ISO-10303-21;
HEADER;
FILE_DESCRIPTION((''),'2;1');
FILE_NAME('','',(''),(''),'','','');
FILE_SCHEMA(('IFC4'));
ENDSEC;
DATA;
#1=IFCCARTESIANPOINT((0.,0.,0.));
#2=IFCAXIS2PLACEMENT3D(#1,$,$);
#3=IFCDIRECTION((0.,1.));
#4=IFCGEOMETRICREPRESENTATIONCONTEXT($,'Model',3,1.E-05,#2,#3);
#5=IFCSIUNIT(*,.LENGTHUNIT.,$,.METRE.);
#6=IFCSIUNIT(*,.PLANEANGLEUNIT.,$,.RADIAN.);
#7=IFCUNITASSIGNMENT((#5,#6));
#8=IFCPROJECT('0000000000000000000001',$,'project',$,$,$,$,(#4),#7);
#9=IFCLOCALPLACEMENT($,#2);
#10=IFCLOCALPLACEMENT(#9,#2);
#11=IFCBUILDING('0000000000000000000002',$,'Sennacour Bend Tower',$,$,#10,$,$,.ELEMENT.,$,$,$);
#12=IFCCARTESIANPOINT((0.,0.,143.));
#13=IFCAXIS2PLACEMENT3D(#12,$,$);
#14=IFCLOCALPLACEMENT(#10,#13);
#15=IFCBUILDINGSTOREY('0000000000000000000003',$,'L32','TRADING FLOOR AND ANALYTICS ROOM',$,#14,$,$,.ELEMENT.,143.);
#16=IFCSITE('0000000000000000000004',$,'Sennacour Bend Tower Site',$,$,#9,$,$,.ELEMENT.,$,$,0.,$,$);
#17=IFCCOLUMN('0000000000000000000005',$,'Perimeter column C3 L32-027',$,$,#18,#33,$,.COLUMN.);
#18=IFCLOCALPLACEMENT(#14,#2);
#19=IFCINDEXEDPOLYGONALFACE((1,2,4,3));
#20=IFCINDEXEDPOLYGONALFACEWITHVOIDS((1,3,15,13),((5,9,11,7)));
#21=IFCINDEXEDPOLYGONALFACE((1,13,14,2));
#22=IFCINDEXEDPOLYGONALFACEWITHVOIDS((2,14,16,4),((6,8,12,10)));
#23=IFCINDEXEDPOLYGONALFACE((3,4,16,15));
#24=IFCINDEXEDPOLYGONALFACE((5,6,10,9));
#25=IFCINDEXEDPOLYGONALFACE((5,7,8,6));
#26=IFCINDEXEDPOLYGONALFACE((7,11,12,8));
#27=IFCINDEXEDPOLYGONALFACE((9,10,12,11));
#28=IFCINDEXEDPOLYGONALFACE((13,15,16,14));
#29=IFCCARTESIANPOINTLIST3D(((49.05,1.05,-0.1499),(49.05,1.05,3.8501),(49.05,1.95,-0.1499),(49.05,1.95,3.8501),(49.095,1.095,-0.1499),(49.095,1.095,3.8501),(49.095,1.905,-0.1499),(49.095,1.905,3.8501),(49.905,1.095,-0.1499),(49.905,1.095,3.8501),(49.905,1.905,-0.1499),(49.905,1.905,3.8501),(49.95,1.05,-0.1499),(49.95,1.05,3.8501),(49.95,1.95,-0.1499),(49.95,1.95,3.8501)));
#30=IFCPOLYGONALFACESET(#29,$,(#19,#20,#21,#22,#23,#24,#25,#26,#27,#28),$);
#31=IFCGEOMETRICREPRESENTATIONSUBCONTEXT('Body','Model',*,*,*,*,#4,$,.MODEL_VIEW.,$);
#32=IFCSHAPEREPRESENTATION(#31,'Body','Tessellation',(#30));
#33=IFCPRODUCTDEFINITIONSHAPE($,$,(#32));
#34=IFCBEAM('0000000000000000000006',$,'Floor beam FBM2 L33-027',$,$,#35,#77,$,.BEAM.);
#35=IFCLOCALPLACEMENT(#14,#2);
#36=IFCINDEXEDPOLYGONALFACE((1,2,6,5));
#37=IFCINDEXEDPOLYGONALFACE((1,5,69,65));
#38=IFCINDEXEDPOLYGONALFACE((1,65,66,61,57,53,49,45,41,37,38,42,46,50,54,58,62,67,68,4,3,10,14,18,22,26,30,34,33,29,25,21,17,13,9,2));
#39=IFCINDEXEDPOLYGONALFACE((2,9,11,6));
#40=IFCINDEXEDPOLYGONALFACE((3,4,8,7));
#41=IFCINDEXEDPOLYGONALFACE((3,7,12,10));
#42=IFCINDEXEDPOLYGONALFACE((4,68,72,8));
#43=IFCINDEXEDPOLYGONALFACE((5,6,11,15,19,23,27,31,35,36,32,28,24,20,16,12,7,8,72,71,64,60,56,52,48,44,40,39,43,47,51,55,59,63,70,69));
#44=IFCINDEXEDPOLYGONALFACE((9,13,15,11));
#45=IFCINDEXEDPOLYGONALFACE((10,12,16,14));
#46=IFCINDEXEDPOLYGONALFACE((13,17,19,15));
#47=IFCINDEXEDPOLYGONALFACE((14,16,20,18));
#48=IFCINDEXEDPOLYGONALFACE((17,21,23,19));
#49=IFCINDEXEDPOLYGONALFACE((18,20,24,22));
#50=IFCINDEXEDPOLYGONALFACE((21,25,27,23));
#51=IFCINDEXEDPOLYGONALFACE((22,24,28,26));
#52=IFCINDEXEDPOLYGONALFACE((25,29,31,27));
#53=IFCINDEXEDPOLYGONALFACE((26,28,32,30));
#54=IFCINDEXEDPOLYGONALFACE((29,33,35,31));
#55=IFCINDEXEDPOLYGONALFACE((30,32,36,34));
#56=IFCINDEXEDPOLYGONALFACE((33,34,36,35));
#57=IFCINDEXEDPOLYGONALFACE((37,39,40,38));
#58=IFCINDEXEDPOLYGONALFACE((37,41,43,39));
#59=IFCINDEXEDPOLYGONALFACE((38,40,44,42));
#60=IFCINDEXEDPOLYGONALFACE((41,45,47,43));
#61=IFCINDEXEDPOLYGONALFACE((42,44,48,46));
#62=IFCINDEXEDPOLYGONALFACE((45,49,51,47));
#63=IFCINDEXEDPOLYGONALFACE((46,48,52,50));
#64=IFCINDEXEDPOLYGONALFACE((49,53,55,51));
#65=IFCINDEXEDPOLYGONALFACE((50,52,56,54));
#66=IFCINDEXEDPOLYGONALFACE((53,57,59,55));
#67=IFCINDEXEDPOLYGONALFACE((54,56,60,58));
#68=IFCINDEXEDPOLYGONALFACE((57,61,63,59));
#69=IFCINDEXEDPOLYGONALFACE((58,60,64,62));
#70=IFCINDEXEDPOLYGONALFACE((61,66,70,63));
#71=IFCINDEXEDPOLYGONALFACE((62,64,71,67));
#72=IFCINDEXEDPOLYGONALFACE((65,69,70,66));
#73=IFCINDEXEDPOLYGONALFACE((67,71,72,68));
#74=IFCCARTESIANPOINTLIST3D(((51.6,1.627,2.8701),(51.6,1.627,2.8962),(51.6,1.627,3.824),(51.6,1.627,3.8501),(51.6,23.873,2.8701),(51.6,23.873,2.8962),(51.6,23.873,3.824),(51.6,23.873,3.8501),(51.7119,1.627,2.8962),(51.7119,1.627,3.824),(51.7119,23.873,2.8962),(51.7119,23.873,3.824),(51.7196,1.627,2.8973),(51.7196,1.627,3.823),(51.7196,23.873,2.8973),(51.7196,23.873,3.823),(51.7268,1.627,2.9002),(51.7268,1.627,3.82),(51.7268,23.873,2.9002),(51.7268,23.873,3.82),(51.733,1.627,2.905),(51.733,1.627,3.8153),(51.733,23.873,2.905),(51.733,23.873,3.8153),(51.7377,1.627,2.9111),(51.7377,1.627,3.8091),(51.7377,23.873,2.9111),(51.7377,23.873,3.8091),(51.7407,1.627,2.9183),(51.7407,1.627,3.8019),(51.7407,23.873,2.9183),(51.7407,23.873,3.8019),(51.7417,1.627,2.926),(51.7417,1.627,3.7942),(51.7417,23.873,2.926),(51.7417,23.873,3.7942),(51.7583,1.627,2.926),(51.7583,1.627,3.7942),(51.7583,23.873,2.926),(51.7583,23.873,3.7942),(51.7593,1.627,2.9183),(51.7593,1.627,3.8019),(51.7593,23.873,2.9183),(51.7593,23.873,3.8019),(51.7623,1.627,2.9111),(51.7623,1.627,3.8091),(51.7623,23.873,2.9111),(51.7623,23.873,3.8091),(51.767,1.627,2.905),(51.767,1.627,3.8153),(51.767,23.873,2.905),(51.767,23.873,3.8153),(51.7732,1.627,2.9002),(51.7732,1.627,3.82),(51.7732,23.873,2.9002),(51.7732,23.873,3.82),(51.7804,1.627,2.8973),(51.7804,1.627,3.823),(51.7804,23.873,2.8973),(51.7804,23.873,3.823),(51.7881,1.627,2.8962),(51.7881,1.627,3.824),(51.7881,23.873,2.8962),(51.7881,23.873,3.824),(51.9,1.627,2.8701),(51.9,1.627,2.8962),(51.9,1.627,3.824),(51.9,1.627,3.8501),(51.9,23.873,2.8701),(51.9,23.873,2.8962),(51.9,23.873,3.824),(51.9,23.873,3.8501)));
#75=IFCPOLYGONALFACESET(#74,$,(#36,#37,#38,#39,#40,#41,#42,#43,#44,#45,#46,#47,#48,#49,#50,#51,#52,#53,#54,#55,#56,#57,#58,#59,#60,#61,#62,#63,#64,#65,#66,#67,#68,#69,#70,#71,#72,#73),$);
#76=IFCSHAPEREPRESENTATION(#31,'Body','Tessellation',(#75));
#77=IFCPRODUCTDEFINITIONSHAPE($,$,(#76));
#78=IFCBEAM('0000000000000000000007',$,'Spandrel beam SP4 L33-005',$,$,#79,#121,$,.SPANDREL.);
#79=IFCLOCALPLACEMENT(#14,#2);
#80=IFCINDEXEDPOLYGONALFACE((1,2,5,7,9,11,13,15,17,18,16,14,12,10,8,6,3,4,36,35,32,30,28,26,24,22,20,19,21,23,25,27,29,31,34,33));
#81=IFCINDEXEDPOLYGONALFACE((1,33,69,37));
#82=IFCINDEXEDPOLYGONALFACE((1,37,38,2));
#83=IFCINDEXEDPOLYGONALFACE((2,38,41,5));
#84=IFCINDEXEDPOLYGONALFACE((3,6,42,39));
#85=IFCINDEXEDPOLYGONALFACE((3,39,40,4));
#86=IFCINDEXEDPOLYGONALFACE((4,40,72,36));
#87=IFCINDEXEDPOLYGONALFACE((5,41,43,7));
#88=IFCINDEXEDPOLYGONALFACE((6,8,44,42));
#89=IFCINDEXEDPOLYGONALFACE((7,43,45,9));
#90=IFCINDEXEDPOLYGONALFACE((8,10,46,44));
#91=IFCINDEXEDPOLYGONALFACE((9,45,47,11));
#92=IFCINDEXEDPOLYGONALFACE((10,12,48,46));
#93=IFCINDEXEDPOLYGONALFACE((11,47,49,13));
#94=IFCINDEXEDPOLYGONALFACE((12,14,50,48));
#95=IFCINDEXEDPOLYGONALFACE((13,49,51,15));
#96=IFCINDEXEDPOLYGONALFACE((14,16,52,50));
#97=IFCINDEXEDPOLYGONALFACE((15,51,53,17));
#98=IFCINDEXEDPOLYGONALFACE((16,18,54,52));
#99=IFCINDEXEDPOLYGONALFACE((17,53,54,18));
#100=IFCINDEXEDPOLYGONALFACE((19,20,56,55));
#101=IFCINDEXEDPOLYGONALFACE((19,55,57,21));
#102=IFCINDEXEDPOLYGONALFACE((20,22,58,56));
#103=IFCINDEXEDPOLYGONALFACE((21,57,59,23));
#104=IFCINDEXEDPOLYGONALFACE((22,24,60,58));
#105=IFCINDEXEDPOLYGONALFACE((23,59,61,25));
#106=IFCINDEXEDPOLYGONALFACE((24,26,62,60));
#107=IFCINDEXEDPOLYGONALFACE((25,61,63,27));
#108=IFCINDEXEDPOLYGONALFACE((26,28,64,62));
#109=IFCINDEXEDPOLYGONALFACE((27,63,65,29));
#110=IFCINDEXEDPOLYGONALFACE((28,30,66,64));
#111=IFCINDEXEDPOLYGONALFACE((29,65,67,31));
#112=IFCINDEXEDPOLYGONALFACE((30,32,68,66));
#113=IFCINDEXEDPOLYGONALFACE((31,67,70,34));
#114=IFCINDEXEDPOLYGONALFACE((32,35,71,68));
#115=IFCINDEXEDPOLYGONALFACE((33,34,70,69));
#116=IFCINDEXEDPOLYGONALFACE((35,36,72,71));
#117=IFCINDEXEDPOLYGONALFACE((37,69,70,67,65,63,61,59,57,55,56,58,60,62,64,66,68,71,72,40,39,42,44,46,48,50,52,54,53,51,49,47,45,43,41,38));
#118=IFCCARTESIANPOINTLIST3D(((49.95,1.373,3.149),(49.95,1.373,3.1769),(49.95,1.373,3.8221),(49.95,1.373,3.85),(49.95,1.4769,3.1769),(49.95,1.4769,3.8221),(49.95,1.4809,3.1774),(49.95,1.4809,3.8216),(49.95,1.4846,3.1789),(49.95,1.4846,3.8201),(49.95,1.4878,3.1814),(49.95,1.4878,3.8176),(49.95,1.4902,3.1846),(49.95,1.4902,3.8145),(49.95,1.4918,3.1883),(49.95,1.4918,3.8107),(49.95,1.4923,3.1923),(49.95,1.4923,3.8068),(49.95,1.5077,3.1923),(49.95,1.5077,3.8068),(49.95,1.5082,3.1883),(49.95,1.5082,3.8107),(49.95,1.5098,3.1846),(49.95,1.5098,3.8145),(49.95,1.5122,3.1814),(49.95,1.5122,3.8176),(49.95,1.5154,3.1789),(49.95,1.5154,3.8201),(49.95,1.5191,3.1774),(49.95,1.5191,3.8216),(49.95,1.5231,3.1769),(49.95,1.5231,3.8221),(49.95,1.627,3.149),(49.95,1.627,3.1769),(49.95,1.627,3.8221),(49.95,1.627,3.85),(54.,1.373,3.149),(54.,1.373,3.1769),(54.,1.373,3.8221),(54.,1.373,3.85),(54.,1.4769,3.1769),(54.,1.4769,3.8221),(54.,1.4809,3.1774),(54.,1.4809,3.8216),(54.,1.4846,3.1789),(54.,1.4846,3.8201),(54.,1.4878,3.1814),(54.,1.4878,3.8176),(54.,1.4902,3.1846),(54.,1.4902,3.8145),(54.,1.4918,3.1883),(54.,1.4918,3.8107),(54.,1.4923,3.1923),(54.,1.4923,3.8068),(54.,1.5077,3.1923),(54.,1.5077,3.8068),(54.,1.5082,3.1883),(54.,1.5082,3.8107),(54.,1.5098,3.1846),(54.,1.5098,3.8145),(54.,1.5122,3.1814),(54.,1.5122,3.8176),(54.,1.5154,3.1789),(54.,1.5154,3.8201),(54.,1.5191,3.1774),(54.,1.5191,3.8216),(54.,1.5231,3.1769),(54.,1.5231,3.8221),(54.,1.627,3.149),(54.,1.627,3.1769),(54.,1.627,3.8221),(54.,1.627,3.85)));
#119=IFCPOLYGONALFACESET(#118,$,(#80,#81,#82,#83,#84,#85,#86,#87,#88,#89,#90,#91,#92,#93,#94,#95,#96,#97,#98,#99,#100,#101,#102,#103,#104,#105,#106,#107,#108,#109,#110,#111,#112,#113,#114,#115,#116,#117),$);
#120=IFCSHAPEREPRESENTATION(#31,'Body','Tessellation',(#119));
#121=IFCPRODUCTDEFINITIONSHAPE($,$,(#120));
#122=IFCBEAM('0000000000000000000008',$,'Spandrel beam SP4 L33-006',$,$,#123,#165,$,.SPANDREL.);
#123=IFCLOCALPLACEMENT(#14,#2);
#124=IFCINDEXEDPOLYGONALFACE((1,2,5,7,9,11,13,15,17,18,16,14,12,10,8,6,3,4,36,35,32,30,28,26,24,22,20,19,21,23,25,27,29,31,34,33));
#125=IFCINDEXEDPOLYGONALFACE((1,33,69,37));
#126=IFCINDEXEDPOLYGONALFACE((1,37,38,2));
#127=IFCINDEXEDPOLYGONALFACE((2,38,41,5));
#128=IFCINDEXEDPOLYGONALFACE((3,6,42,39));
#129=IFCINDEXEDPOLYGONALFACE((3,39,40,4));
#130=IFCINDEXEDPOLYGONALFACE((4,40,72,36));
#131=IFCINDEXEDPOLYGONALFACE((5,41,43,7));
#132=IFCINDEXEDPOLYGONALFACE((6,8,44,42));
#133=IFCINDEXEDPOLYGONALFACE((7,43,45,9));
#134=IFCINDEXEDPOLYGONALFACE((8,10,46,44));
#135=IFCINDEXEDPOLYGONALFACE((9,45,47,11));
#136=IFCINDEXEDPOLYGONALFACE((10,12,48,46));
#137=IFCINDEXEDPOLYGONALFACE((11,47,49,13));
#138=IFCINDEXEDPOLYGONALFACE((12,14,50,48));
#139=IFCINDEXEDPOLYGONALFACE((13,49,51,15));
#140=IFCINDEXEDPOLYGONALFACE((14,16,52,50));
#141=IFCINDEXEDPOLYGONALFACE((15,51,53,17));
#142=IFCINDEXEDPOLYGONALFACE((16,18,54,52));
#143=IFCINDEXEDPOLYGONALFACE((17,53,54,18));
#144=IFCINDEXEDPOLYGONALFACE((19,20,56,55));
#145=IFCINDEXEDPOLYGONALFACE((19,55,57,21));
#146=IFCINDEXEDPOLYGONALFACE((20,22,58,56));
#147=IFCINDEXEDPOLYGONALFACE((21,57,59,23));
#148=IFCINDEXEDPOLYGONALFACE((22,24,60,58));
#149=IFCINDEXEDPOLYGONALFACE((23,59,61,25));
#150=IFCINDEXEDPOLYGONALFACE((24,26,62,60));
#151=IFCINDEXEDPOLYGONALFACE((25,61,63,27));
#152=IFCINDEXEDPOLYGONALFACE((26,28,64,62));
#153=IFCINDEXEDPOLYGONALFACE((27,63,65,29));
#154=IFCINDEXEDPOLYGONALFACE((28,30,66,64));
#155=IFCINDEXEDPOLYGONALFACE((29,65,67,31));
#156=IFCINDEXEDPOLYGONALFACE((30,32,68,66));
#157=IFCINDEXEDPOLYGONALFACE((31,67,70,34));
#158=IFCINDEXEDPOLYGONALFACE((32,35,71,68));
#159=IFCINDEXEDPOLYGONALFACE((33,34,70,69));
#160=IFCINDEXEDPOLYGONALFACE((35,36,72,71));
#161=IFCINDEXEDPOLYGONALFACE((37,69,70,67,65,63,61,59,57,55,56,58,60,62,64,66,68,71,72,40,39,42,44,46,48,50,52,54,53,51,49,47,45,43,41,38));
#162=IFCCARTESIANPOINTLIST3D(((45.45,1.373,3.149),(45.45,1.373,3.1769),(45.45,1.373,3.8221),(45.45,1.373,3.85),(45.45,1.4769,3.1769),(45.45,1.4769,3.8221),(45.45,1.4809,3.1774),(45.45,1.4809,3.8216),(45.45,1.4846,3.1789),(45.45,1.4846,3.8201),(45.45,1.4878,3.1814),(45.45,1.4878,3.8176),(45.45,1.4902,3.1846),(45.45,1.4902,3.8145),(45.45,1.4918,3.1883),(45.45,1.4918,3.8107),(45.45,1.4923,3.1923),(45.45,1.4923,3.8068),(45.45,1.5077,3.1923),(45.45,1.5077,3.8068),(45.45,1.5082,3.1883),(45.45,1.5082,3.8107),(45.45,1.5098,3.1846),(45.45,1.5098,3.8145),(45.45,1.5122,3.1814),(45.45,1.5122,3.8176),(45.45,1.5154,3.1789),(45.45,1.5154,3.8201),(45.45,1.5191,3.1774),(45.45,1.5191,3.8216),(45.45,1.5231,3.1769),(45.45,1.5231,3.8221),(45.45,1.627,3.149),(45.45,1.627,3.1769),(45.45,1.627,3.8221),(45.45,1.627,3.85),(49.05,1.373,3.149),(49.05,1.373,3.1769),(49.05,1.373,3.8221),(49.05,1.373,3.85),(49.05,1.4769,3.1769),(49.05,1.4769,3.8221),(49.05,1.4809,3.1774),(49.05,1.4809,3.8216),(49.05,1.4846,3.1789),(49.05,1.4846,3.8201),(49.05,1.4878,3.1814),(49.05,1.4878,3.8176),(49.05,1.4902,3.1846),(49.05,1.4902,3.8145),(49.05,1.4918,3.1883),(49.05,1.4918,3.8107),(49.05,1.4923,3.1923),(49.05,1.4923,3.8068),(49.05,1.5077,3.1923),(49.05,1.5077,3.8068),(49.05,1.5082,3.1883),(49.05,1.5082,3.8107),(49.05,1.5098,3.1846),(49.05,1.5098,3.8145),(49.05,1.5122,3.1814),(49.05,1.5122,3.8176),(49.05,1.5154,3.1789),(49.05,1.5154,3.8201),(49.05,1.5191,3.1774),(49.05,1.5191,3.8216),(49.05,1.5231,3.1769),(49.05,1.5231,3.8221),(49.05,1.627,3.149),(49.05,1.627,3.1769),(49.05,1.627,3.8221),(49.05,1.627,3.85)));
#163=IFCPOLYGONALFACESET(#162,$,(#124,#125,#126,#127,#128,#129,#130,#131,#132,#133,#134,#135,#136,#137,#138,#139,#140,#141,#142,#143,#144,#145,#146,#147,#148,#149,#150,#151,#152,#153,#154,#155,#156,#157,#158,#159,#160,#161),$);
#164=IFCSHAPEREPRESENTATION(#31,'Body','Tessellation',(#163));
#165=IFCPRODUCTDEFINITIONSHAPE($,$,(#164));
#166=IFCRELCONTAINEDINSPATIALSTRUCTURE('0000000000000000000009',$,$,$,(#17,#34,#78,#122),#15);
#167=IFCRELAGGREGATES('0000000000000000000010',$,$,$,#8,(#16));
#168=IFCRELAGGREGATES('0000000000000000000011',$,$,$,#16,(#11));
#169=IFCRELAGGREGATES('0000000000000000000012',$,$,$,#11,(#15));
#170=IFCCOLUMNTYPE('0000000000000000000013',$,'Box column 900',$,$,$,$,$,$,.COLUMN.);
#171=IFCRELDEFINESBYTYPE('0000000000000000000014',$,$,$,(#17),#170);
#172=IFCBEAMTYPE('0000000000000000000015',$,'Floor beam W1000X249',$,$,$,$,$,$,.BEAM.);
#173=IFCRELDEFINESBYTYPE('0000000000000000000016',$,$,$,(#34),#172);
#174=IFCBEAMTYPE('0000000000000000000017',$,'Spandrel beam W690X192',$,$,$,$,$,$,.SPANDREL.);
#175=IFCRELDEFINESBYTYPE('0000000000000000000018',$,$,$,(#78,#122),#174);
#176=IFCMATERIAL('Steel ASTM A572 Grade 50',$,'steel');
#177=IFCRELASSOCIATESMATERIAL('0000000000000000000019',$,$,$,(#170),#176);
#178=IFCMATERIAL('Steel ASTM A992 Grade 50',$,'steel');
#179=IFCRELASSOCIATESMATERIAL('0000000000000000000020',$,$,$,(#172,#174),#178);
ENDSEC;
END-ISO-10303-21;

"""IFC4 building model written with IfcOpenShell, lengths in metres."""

from ifc_helpers import new_model, si_unit, direction, frame, origin, origin_2d, place, context, subcontext, project, spatial, hollow_rectangle, i_section, extrude, material, material_profile, profile_set, type_object, element, save


model = new_model("IFC4")

# Units and contexts
model_context = context("Model", 3, precision=1e-05, world=origin(), true_north=direction((0.0, 1.0)))
body_context = subcontext(model_context, "Body", "Model", "MODEL_VIEW")
ifc_project = project(units=[si_unit("LENGTHUNIT", "METRE"), si_unit("PLANEANGLEUNIT", "RADIAN")], contexts=[model_context])

# Site, building, storey
site_placement = place(None, origin())
site = spatial("IfcSite", under=ifc_project, at=site_placement, Name="Sennacour Bend Tower Site", CompositionType="ELEMENT", RefElevation=0.0)
building_placement = place(site_placement, origin())
building = spatial("IfcBuilding", under=site, at=building_placement, Name="Sennacour Bend Tower", CompositionType="ELEMENT")
storey_placement = place(building_placement, frame((0.0, 0.0, 143.0)))
storey = spatial("IfcBuildingStorey", under=building, at=storey_placement, Name="L32", Description="TRADING FLOOR AND ANALYTICS ROOM", CompositionType="ELEMENT", Elevation=143.0)

# Column
ifc_material_1 = material(Name="Steel ASTM A572 Grade 50", Category="steel")
ifc_material_profile_1 = material_profile(ifc_material_1, hollow_rectangle(XDim=0.8999, YDim=0.8999, WallThickness=0.0449, at=origin_2d()), Name="Steel ASTM A572 Grade 50", Category="steel")
ifc_profile_set_1 = profile_set([ifc_material_profile_1], Name="Steel ASTM A572 Grade 50")
column_type = type_object("IfcColumnType", Name="Box column 900", PredefinedType="COLUMN", material=ifc_profile_set_1)
column_placement = place(storey_placement, frame((49.5, 1.5, -0.1499), z_axis=(0.0, 0.0, 1.0), x_axis=(1.0, 0.0, 0.0)))
element("IfcColumn", 1, at=column_placement, inside=storey, type_object=column_type, Name="Perimeter column C3 L32-027", PredefinedType="COLUMN", context=body_context, shape_type="SweptSolid", body=[
    extrude(hollow_rectangle(XDim=0.8999, YDim=0.8999, WallThickness=0.0449, at=origin_2d()), origin(), (0.0, 0.0, 1.0), 4.0),
])

# Beams
ifc_material_2 = material(Name="Steel ASTM A992 Grade 50", Category="steel")
ifc_material_profile_2 = material_profile(ifc_material_2, i_section(OverallWidth=0.3, OverallDepth=0.98, WebThickness=0.0166, FlangeThickness=0.0261, FilletRadius=0.0298, at=origin_2d()), Name="Steel ASTM A992 Grade 50", Category="steel")
ifc_profile_set_2 = profile_set([ifc_material_profile_2], Name="Steel ASTM A992 Grade 50")
beam_type_1 = type_object("IfcBeamType", Name="Floor beam W1000X249", PredefinedType="BEAM", material=ifc_profile_set_2)
beam_1_placement = place(storey_placement, frame((51.75, 1.627, 3.3601), z_axis=(0.0, 1.0, 0.0), x_axis=(-1.0, 0.0, 0.0)))
element("IfcBeam", 2, at=beam_1_placement, inside=storey, type_object=beam_type_1, Name="Floor beam FBM2 L33-027", PredefinedType="BEAM", context=body_context, shape_type="SweptSolid", body=[
    extrude(i_section(OverallWidth=0.3, OverallDepth=0.98, WebThickness=0.0166, FlangeThickness=0.0261, FilletRadius=0.0298, at=origin_2d()), origin(), (0.0, 0.0, 1.0), 22.2461),
])
ifc_material_profile_3 = material_profile(ifc_material_2, i_section(OverallWidth=0.2539, OverallDepth=0.7009, WebThickness=0.0154, FlangeThickness=0.0278, FilletRadius=0.0154, at=origin_2d()), Name="Steel ASTM A992 Grade 50", Category="steel")
ifc_profile_set_3 = profile_set([ifc_material_profile_3], Name="Steel ASTM A992 Grade 50")
beam_type_2 = type_object("IfcBeamType", Name="Spandrel beam W690X192", PredefinedType="SPANDREL", material=ifc_profile_set_3)
beam_2_placement = place(storey_placement, frame((54.0, 1.5, 3.4995), z_axis=(-1.0, 0.0, 0.0), x_axis=(0.0, -1.0, 0.0)))
element("IfcBeam", 3, at=beam_2_placement, inside=storey, type_object=beam_type_2, Name="Spandrel beam SP4 L33-005", PredefinedType="SPANDREL", context=body_context, shape_type="SweptSolid", body=[
    extrude(i_section(OverallWidth=0.2539, OverallDepth=0.7009, WebThickness=0.0154, FlangeThickness=0.0278, FilletRadius=0.0154, at=origin_2d()), origin(), (0.0, 0.0, 1.0), 4.05),
])
beam_3_placement = place(storey_placement, frame((49.05, 1.5, 3.4995), z_axis=(-1.0, 0.0, 0.0), x_axis=(0.0, -1.0, 0.0)))
element("IfcBeam", 4, at=beam_3_placement, inside=storey, type_object=beam_type_2, Name="Spandrel beam SP4 L33-006", PredefinedType="SPANDREL", context=body_context, shape_type="SweptSolid", body=[
    extrude(i_section(OverallWidth=0.2539, OverallDepth=0.7009, WebThickness=0.0154, FlangeThickness=0.0278, FilletRadius=0.0154, at=origin_2d()), origin(), (0.0, 0.0, 1.0), 3.6001),
])

save(model, "model.ifc")
